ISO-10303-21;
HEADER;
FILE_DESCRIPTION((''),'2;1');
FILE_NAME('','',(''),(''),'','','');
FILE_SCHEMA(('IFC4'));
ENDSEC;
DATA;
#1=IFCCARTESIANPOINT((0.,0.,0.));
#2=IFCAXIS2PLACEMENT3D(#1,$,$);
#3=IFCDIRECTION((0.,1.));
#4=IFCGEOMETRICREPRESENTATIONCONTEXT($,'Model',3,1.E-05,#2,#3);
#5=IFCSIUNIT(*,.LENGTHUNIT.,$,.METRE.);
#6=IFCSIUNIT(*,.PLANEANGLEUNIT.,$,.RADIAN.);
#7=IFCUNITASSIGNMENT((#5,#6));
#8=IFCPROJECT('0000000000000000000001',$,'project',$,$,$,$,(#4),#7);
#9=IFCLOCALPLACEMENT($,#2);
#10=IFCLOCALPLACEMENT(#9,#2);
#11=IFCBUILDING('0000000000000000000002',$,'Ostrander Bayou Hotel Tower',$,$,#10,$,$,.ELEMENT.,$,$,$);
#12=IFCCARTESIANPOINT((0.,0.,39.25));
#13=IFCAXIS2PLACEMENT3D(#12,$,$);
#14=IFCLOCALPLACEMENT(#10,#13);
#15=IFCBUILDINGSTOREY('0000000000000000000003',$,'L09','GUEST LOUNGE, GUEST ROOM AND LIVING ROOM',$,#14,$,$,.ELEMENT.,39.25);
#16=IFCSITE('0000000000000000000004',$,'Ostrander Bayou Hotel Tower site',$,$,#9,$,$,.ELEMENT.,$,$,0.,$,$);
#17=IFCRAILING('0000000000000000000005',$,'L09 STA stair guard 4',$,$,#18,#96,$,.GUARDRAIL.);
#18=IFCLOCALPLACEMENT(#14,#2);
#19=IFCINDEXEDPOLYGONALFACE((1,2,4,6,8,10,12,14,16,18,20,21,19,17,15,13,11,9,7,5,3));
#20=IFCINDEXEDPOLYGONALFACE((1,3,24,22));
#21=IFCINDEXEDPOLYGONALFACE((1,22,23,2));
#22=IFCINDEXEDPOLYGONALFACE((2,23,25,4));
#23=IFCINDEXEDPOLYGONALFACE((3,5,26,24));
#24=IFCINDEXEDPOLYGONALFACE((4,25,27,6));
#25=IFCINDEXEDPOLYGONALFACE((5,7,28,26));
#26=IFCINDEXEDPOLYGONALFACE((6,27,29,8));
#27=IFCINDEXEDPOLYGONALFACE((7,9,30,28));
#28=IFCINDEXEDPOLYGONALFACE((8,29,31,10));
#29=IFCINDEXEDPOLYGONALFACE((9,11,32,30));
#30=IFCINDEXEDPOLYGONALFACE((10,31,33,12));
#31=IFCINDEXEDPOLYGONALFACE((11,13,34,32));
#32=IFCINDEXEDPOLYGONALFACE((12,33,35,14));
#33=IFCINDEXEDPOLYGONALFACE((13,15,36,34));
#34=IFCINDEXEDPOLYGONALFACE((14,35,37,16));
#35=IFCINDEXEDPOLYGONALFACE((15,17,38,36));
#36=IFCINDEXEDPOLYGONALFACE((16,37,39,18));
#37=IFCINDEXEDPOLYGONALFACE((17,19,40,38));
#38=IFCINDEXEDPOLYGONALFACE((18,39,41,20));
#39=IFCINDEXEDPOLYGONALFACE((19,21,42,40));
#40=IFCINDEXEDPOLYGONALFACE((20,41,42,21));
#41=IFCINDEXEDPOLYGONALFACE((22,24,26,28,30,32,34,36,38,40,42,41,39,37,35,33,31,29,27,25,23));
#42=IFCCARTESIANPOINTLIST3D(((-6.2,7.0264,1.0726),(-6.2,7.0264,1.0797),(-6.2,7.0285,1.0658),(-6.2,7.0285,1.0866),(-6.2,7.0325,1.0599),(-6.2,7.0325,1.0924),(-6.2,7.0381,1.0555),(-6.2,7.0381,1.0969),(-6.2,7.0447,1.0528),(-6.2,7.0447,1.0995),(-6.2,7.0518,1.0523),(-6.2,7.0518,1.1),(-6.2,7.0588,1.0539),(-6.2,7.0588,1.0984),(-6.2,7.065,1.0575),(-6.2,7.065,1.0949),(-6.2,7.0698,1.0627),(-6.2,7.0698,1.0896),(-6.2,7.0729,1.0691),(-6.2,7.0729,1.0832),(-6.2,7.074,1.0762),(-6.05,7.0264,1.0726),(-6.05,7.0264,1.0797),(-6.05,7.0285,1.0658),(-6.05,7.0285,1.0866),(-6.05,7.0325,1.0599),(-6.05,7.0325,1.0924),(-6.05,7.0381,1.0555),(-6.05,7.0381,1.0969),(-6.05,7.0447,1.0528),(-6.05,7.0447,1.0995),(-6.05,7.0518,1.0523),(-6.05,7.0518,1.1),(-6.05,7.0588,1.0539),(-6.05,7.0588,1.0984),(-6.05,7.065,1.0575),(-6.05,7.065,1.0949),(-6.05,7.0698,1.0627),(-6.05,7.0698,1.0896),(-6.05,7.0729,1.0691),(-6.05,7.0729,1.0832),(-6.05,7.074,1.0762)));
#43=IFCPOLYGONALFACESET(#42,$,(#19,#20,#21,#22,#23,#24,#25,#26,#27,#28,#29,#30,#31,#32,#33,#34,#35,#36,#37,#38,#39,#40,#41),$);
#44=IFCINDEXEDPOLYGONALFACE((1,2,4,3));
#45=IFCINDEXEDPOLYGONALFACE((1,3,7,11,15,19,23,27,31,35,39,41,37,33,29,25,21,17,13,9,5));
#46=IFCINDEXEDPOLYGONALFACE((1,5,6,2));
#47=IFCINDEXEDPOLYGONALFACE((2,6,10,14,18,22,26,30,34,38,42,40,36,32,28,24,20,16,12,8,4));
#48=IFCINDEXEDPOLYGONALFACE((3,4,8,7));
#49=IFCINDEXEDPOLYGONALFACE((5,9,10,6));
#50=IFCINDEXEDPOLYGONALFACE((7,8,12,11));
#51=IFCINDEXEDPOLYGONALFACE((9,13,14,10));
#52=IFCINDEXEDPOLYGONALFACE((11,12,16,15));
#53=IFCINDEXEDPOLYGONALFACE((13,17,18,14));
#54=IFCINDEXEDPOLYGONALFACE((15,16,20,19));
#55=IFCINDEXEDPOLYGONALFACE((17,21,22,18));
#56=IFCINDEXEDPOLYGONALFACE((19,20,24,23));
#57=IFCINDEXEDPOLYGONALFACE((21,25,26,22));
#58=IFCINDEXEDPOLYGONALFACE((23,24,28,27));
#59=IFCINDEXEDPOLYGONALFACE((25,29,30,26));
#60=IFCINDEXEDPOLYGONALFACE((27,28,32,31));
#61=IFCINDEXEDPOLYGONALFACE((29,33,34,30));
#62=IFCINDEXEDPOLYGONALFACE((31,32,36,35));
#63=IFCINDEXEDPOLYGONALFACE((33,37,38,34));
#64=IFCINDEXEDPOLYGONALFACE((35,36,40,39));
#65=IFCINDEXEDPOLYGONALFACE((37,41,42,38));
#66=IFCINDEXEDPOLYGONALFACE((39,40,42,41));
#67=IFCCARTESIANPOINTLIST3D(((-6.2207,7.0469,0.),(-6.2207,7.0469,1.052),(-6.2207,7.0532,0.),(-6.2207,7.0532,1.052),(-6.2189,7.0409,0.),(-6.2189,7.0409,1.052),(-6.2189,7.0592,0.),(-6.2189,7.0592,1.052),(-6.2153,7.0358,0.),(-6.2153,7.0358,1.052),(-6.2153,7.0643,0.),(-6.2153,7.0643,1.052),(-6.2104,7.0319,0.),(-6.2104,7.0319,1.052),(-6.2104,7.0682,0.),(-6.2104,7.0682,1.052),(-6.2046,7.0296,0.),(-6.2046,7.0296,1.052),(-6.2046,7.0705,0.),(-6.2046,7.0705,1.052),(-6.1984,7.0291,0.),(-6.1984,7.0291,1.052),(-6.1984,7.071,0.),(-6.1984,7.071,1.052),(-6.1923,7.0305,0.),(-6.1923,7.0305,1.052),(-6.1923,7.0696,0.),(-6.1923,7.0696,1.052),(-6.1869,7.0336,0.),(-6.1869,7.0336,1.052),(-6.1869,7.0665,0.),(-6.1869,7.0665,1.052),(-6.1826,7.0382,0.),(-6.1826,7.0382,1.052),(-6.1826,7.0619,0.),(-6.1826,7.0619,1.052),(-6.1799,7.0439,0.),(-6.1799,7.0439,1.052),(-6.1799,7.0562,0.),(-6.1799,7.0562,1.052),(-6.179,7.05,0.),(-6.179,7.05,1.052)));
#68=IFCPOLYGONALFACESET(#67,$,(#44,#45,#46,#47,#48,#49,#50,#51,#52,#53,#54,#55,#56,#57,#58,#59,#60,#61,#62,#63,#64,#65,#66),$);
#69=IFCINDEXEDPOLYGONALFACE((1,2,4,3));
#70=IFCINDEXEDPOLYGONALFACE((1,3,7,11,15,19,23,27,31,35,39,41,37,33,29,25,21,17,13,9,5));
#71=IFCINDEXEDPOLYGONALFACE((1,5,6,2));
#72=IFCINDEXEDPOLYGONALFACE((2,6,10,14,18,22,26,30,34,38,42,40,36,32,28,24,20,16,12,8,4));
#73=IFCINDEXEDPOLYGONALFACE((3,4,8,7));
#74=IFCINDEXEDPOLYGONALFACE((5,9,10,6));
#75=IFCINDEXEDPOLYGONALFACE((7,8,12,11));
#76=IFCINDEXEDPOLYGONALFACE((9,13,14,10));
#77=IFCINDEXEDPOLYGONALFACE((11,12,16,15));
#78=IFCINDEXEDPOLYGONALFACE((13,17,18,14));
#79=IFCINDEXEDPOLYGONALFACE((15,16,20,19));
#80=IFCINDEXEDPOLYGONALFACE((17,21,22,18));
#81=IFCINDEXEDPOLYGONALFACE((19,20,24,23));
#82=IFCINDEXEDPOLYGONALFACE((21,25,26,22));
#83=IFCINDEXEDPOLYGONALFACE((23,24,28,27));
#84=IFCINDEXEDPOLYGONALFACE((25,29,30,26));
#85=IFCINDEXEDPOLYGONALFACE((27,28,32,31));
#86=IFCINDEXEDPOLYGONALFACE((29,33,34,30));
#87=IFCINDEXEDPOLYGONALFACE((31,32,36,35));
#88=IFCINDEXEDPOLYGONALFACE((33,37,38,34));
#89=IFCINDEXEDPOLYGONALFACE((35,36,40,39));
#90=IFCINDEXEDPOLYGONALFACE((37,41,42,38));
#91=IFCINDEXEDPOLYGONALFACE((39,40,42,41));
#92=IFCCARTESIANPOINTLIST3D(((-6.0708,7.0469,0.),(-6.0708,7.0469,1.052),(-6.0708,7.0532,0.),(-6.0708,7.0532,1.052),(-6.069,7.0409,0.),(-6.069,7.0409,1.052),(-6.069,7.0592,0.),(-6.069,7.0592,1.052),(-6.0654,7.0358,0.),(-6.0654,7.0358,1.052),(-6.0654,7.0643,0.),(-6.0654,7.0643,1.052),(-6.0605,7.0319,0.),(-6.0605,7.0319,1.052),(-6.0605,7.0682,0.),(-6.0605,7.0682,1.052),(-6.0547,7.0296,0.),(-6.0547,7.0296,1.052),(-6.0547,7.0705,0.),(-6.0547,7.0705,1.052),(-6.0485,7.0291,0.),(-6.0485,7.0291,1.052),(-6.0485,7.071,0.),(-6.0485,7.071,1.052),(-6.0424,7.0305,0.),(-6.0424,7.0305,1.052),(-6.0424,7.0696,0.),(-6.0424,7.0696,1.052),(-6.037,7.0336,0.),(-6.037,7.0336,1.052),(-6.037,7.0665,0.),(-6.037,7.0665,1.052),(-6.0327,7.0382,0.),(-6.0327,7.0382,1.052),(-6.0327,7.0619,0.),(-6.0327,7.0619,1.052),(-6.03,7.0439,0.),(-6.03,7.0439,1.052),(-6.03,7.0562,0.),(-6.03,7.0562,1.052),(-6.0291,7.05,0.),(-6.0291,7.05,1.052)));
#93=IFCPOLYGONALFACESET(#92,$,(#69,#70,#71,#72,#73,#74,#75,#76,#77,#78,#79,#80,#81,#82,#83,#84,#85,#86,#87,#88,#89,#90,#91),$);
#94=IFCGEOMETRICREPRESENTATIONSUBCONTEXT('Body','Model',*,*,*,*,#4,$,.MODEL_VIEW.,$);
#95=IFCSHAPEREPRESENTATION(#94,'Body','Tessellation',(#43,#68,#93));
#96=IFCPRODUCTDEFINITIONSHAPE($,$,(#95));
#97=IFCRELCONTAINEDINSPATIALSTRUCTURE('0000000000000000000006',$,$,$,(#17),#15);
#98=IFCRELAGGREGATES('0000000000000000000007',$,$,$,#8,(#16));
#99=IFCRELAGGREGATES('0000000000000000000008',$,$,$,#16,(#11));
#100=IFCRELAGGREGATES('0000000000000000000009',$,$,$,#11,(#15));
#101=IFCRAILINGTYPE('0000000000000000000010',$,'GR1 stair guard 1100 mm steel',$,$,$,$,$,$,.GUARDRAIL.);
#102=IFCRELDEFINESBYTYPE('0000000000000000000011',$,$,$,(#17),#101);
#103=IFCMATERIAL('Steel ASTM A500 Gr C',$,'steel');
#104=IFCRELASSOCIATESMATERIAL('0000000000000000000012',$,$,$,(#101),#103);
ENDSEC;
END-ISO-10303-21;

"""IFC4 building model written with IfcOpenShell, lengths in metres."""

from ifc_helpers import new_model, si_unit, direction, frame, origin, origin_2d, place, context, subcontext, project, spatial, circle, extrude, material, type_object, element, save


model = new_model("IFC4")

# Units and contexts
model_context = context("Model", 3, precision=1e-05, world=origin(), true_north=direction((0.0, 1.0)))
body_context = subcontext(model_context, "Body", "Model", "MODEL_VIEW")
ifc_project = project(units=[si_unit("LENGTHUNIT", "METRE"), si_unit("PLANEANGLEUNIT", "RADIAN")], contexts=[model_context])

# Site, building, storey
site_placement = place(None, origin())
site = spatial("IfcSite", under=ifc_project, at=site_placement, Name="Ostrander Bayou Hotel Tower site", CompositionType="ELEMENT", RefElevation=0.0)
building_placement = place(site_placement, origin())
building = spatial("IfcBuilding", under=site, at=building_placement, Name="Ostrander Bayou Hotel Tower", CompositionType="ELEMENT")
storey_placement = place(building_placement, frame((0.0, 0.0, 39.25)))
storey = spatial("IfcBuildingStorey", under=building, at=storey_placement, Name="L09", Description="GUEST LOUNGE, GUEST ROOM AND LIVING ROOM", CompositionType="ELEMENT", Elevation=39.25)

# Railing
ifc_material_1 = material(Name="Steel ASTM A500 Gr C", Category="steel")
railing_type = type_object("IfcRailingType", Name="GR1 stair guard 1100 mm steel", PredefinedType="GUARDRAIL", material=ifc_material_1)
railing_1_placement = place(storey_placement, frame((-6.2, 7.05, 0.0)))
element("IfcRailing", 1, at=railing_1_placement, inside=storey, type_object=railing_type, Name="L09 STA stair guard 4", PredefinedType="GUARDRAIL", context=body_context, shape_type="SweptSolid", body=[
    extrude(circle(Radius=0.0239, at=origin_2d()), frame((0.0, 0.0, 1.0762), z_axis=(1.0, 0.0, 0.0), x_axis=(0.0, 1.0, 0.0)), (0.0, 0.0, 1.0), 0.1499),
    extrude(circle(Radius=0.021, at=origin_2d()), origin(), (0.0, 0.0, 1.0), 1.052),
    extrude(circle(Radius=0.021, at=origin_2d()), frame((0.1499, 0.0, 0.0)), (0.0, 0.0, 1.0), 1.052),
])

save(model, "model.ifc")
